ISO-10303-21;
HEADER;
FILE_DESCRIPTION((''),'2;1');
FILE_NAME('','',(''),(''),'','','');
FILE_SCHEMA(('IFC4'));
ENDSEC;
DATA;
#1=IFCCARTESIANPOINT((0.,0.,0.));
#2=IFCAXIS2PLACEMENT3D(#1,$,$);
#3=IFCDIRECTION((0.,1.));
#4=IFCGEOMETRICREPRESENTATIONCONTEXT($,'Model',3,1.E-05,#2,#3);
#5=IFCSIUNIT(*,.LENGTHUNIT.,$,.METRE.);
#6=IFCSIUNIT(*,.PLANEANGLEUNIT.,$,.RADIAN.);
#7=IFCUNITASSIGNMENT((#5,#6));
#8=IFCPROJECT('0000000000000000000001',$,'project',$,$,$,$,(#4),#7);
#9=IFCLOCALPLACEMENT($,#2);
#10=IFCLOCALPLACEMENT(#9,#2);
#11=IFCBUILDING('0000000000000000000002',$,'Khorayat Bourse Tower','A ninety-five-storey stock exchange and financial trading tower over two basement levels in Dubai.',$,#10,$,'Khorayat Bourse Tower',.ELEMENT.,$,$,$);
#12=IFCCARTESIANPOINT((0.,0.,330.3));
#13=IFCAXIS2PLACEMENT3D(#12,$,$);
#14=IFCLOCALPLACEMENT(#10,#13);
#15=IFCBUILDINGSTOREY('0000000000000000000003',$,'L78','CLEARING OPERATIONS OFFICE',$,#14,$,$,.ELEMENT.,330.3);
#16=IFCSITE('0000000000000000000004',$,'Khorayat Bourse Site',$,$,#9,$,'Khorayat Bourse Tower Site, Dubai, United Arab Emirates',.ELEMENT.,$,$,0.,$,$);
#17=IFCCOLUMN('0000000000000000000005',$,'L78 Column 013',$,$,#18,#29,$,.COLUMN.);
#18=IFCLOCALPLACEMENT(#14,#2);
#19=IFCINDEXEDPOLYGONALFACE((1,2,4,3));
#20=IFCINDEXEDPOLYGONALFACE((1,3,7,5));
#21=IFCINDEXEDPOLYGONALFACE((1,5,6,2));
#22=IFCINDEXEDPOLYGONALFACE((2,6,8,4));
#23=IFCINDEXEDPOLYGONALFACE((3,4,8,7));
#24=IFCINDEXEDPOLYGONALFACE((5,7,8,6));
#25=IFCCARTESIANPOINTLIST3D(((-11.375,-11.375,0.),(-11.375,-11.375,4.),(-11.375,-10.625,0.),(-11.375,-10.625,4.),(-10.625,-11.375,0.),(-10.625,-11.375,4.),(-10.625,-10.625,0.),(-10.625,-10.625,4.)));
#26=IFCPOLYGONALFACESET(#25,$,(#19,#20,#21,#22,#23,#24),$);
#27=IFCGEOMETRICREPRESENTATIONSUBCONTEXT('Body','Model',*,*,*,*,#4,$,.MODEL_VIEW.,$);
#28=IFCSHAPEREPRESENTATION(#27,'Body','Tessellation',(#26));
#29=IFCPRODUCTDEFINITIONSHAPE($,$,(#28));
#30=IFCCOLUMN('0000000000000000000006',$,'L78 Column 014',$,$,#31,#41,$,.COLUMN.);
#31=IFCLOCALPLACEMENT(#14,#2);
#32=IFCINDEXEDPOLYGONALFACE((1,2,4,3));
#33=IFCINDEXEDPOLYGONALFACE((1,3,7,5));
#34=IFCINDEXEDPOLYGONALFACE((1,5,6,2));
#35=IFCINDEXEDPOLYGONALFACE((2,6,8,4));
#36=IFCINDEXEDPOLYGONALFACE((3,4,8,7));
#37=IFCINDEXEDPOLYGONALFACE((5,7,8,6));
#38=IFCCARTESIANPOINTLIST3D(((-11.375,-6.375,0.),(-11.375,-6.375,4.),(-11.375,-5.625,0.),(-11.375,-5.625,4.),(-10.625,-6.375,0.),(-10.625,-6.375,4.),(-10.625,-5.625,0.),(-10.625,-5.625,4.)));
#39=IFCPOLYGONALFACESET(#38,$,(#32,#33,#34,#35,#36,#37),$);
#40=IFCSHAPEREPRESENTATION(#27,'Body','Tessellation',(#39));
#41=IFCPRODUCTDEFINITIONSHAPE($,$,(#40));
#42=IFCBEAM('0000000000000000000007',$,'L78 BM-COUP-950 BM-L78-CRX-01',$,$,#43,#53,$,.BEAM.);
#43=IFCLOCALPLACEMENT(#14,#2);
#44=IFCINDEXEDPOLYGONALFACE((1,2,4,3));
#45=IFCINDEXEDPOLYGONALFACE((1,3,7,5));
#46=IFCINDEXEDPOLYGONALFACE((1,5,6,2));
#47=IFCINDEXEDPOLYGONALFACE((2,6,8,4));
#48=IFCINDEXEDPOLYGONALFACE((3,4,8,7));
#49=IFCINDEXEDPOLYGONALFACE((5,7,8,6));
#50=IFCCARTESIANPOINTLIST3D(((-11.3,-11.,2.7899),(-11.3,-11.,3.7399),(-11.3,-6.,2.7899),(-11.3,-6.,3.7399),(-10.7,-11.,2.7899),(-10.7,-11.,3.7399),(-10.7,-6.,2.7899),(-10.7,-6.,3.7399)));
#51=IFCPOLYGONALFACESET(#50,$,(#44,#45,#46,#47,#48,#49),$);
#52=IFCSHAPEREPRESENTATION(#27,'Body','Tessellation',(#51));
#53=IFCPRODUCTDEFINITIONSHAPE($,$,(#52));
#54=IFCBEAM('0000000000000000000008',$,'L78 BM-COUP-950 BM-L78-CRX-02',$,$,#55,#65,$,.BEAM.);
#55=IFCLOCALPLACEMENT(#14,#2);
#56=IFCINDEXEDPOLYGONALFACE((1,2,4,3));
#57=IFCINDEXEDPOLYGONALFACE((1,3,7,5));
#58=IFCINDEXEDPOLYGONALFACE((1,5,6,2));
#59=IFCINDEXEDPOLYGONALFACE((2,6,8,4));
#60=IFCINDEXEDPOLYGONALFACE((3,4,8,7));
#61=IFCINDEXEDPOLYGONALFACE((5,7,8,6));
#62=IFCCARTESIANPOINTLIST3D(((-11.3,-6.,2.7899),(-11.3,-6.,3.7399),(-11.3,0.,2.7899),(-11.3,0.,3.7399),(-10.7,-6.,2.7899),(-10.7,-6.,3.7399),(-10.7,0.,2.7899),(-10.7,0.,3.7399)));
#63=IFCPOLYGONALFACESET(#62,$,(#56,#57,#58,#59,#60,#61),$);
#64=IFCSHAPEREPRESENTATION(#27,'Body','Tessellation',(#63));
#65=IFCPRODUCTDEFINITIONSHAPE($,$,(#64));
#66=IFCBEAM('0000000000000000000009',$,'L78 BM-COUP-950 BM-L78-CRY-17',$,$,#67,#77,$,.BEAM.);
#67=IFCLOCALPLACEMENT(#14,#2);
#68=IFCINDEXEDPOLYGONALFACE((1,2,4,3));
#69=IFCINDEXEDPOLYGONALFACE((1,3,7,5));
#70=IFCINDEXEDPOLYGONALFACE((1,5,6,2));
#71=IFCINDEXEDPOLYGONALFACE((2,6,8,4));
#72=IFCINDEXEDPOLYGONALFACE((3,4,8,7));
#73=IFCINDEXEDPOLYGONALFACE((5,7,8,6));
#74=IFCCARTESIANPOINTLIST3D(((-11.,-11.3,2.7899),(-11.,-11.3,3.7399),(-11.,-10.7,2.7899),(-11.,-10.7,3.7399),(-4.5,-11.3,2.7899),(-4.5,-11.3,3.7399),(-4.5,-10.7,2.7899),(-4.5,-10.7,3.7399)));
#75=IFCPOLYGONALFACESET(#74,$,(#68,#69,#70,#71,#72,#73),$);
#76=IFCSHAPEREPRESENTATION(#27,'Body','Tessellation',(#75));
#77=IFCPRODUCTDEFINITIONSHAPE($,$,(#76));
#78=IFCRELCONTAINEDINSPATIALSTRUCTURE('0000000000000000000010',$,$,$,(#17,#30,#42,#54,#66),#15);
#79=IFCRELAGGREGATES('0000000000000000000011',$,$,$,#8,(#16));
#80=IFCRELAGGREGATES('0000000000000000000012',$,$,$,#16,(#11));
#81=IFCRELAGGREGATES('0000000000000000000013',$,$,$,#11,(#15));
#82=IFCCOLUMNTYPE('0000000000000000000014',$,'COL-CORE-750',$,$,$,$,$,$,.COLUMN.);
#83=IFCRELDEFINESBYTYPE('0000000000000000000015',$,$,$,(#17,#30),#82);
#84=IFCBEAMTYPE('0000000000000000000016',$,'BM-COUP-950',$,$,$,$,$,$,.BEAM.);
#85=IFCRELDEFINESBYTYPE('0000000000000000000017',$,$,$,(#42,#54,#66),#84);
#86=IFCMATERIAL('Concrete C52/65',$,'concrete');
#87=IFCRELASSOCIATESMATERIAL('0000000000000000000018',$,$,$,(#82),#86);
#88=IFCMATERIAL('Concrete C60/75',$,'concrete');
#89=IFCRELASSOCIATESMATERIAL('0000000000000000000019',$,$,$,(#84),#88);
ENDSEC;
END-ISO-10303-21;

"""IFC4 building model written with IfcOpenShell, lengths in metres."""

from ifc_helpers import new_model, si_unit, direction, frame, origin, origin_2d, place, context, subcontext, project, spatial, rectangle, extrude, source, transform, mapped, material, material_profile, profile_set, type_object, element, save


model = new_model("IFC4")

# Units and contexts
model_context = context("Model", 3, precision=1e-05, world=origin(), true_north=direction((0.0, 1.0)))
body_context = subcontext(model_context, "Body", "Model", "MODEL_VIEW")
ifc_project = project(units=[si_unit("LENGTHUNIT", "METRE"), si_unit("PLANEANGLEUNIT", "RADIAN")], contexts=[model_context])

# Site, building, storey
site_placement = place(None, origin())
site = spatial("IfcSite", under=ifc_project, at=site_placement, Name="Khorayat Bourse Site", LongName="Khorayat Bourse Tower Site, Dubai, United Arab Emirates", CompositionType="ELEMENT", RefElevation=0.0)
building_placement = place(site_placement, origin())
building = spatial("IfcBuilding", under=site, at=building_placement, Name="Khorayat Bourse Tower", Description="A ninety-five-storey stock exchange and financial trading tower over two basement levels in Dubai.", LongName="Khorayat Bourse Tower", CompositionType="ELEMENT")
storey_placement = place(building_placement, frame((0.0, 0.0, 330.3)))
storey = spatial("IfcBuildingStorey", under=building, at=storey_placement, Name="L78", Description="CLEARING OPERATIONS OFFICE", CompositionType="ELEMENT", Elevation=330.3)

# Columns
ifc_material_1 = material(Name="Concrete C52/65", Category="concrete")
ifc_material_profile_1 = material_profile(ifc_material_1, rectangle(XDim=0.75, YDim=0.75, at=origin_2d()), Name="RC 750x750")
ifc_profile_set_1 = profile_set([ifc_material_profile_1], Name="Concrete C52/65")
column_type = type_object("IfcColumnType", Name="COL-CORE-750", PredefinedType="COLUMN", material=ifc_profile_set_1)
shared_shape_1 = source(origin(), body_context, "Body", "SweptSolid", [
    extrude(rectangle(XDim=0.75, YDim=0.75, at=origin_2d()), origin(), (0.0, 0.0, 1.0), 4.0),
])
for number, where, z_axis, x_axis, name in (
    (1, (-11.0, -11.0, 0.0), (0.0, 0.0, 1.0), (1.0, 0.0, 0.0), "L78 Column 013"),
    (2, (-11.0, -6.0, 0.0), (0.0, 0.0, 1.0), (1.0, 0.0, 0.0), "L78 Column 014"),
):
    element("IfcColumn", number, at=place(storey_placement, frame(where, z_axis=z_axis, x_axis=x_axis)), inside=storey, type_object=column_type, Name=name, PredefinedType="COLUMN", context=body_context, shape_type="MappedRepresentation", body=[
        mapped(shared_shape_1, transform((0.0, 0.0, 0.0), scale=1.0)),
    ])

# Beams
ifc_material_2 = material(Name="Concrete C60/75", Category="concrete")
ifc_material_profile_2 = material_profile(ifc_material_2, rectangle(XDim=0.6001, YDim=0.95, at=origin_2d()), Name="RC 600x950")
ifc_profile_set_2 = profile_set([ifc_material_profile_2], Name="Concrete C60/75")
beam_type = type_object("IfcBeamType", Name="BM-COUP-950", PredefinedType="BEAM", material=ifc_profile_set_2)
shared_shape_2 = source(origin(), body_context, "Body", "SweptSolid", [
    extrude(rectangle(XDim=0.6001, YDim=0.95, at=origin_2d()), origin(), (0.0, 0.0, 1.0), 5.0),
])
beam_1_placement = place(storey_placement, frame((-11.0, -11.0, 3.2649), z_axis=(0.0, 1.0, 0.0), x_axis=(-1.0, 0.0, 0.0)))
element("IfcBeam", 3, at=beam_1_placement, inside=storey, type_object=beam_type, Name="L78 BM-COUP-950 BM-L78-CRX-01", PredefinedType="BEAM", context=body_context, shape_type="MappedRepresentation", body=[
    mapped(shared_shape_2, transform((0.0, 0.0, 0.0), scale=1.0)),
])
shared_shape_3 = source(origin(), body_context, "Body", "SweptSolid", [
    extrude(rectangle(XDim=0.6001, YDim=0.95, at=origin_2d()), origin(), (0.0, 0.0, 1.0), 6.0),
])
beam_2_placement = place(storey_placement, frame((-11.0, -6.0, 3.2649), z_axis=(0.0, 1.0, 0.0), x_axis=(-1.0, 0.0, 0.0)))
element("IfcBeam", 4, at=beam_2_placement, inside=storey, type_object=beam_type, Name="L78 BM-COUP-950 BM-L78-CRX-02", PredefinedType="BEAM", context=body_context, shape_type="MappedRepresentation", body=[
    mapped(shared_shape_3, transform((0.0, 0.0, 0.0), scale=1.0)),
])
shared_shape_4 = source(origin(), body_context, "Body", "SweptSolid", [
    extrude(rectangle(XDim=0.6001, YDim=0.95, at=origin_2d()), origin(), (0.0, 0.0, 1.0), 6.5),
])
beam_3_placement = place(storey_placement, frame((-11.0, -11.0, 3.2649), z_axis=(1.0, 0.0, 0.0), x_axis=(0.0, 1.0, 0.0)))
element("IfcBeam", 5, at=beam_3_placement, inside=storey, type_object=beam_type, Name="L78 BM-COUP-950 BM-L78-CRY-17", PredefinedType="BEAM", context=body_context, shape_type="MappedRepresentation", body=[
    mapped(shared_shape_4, transform((0.0, 0.0, 0.0), scale=1.0)),
])

save(model, "model.ifc")
